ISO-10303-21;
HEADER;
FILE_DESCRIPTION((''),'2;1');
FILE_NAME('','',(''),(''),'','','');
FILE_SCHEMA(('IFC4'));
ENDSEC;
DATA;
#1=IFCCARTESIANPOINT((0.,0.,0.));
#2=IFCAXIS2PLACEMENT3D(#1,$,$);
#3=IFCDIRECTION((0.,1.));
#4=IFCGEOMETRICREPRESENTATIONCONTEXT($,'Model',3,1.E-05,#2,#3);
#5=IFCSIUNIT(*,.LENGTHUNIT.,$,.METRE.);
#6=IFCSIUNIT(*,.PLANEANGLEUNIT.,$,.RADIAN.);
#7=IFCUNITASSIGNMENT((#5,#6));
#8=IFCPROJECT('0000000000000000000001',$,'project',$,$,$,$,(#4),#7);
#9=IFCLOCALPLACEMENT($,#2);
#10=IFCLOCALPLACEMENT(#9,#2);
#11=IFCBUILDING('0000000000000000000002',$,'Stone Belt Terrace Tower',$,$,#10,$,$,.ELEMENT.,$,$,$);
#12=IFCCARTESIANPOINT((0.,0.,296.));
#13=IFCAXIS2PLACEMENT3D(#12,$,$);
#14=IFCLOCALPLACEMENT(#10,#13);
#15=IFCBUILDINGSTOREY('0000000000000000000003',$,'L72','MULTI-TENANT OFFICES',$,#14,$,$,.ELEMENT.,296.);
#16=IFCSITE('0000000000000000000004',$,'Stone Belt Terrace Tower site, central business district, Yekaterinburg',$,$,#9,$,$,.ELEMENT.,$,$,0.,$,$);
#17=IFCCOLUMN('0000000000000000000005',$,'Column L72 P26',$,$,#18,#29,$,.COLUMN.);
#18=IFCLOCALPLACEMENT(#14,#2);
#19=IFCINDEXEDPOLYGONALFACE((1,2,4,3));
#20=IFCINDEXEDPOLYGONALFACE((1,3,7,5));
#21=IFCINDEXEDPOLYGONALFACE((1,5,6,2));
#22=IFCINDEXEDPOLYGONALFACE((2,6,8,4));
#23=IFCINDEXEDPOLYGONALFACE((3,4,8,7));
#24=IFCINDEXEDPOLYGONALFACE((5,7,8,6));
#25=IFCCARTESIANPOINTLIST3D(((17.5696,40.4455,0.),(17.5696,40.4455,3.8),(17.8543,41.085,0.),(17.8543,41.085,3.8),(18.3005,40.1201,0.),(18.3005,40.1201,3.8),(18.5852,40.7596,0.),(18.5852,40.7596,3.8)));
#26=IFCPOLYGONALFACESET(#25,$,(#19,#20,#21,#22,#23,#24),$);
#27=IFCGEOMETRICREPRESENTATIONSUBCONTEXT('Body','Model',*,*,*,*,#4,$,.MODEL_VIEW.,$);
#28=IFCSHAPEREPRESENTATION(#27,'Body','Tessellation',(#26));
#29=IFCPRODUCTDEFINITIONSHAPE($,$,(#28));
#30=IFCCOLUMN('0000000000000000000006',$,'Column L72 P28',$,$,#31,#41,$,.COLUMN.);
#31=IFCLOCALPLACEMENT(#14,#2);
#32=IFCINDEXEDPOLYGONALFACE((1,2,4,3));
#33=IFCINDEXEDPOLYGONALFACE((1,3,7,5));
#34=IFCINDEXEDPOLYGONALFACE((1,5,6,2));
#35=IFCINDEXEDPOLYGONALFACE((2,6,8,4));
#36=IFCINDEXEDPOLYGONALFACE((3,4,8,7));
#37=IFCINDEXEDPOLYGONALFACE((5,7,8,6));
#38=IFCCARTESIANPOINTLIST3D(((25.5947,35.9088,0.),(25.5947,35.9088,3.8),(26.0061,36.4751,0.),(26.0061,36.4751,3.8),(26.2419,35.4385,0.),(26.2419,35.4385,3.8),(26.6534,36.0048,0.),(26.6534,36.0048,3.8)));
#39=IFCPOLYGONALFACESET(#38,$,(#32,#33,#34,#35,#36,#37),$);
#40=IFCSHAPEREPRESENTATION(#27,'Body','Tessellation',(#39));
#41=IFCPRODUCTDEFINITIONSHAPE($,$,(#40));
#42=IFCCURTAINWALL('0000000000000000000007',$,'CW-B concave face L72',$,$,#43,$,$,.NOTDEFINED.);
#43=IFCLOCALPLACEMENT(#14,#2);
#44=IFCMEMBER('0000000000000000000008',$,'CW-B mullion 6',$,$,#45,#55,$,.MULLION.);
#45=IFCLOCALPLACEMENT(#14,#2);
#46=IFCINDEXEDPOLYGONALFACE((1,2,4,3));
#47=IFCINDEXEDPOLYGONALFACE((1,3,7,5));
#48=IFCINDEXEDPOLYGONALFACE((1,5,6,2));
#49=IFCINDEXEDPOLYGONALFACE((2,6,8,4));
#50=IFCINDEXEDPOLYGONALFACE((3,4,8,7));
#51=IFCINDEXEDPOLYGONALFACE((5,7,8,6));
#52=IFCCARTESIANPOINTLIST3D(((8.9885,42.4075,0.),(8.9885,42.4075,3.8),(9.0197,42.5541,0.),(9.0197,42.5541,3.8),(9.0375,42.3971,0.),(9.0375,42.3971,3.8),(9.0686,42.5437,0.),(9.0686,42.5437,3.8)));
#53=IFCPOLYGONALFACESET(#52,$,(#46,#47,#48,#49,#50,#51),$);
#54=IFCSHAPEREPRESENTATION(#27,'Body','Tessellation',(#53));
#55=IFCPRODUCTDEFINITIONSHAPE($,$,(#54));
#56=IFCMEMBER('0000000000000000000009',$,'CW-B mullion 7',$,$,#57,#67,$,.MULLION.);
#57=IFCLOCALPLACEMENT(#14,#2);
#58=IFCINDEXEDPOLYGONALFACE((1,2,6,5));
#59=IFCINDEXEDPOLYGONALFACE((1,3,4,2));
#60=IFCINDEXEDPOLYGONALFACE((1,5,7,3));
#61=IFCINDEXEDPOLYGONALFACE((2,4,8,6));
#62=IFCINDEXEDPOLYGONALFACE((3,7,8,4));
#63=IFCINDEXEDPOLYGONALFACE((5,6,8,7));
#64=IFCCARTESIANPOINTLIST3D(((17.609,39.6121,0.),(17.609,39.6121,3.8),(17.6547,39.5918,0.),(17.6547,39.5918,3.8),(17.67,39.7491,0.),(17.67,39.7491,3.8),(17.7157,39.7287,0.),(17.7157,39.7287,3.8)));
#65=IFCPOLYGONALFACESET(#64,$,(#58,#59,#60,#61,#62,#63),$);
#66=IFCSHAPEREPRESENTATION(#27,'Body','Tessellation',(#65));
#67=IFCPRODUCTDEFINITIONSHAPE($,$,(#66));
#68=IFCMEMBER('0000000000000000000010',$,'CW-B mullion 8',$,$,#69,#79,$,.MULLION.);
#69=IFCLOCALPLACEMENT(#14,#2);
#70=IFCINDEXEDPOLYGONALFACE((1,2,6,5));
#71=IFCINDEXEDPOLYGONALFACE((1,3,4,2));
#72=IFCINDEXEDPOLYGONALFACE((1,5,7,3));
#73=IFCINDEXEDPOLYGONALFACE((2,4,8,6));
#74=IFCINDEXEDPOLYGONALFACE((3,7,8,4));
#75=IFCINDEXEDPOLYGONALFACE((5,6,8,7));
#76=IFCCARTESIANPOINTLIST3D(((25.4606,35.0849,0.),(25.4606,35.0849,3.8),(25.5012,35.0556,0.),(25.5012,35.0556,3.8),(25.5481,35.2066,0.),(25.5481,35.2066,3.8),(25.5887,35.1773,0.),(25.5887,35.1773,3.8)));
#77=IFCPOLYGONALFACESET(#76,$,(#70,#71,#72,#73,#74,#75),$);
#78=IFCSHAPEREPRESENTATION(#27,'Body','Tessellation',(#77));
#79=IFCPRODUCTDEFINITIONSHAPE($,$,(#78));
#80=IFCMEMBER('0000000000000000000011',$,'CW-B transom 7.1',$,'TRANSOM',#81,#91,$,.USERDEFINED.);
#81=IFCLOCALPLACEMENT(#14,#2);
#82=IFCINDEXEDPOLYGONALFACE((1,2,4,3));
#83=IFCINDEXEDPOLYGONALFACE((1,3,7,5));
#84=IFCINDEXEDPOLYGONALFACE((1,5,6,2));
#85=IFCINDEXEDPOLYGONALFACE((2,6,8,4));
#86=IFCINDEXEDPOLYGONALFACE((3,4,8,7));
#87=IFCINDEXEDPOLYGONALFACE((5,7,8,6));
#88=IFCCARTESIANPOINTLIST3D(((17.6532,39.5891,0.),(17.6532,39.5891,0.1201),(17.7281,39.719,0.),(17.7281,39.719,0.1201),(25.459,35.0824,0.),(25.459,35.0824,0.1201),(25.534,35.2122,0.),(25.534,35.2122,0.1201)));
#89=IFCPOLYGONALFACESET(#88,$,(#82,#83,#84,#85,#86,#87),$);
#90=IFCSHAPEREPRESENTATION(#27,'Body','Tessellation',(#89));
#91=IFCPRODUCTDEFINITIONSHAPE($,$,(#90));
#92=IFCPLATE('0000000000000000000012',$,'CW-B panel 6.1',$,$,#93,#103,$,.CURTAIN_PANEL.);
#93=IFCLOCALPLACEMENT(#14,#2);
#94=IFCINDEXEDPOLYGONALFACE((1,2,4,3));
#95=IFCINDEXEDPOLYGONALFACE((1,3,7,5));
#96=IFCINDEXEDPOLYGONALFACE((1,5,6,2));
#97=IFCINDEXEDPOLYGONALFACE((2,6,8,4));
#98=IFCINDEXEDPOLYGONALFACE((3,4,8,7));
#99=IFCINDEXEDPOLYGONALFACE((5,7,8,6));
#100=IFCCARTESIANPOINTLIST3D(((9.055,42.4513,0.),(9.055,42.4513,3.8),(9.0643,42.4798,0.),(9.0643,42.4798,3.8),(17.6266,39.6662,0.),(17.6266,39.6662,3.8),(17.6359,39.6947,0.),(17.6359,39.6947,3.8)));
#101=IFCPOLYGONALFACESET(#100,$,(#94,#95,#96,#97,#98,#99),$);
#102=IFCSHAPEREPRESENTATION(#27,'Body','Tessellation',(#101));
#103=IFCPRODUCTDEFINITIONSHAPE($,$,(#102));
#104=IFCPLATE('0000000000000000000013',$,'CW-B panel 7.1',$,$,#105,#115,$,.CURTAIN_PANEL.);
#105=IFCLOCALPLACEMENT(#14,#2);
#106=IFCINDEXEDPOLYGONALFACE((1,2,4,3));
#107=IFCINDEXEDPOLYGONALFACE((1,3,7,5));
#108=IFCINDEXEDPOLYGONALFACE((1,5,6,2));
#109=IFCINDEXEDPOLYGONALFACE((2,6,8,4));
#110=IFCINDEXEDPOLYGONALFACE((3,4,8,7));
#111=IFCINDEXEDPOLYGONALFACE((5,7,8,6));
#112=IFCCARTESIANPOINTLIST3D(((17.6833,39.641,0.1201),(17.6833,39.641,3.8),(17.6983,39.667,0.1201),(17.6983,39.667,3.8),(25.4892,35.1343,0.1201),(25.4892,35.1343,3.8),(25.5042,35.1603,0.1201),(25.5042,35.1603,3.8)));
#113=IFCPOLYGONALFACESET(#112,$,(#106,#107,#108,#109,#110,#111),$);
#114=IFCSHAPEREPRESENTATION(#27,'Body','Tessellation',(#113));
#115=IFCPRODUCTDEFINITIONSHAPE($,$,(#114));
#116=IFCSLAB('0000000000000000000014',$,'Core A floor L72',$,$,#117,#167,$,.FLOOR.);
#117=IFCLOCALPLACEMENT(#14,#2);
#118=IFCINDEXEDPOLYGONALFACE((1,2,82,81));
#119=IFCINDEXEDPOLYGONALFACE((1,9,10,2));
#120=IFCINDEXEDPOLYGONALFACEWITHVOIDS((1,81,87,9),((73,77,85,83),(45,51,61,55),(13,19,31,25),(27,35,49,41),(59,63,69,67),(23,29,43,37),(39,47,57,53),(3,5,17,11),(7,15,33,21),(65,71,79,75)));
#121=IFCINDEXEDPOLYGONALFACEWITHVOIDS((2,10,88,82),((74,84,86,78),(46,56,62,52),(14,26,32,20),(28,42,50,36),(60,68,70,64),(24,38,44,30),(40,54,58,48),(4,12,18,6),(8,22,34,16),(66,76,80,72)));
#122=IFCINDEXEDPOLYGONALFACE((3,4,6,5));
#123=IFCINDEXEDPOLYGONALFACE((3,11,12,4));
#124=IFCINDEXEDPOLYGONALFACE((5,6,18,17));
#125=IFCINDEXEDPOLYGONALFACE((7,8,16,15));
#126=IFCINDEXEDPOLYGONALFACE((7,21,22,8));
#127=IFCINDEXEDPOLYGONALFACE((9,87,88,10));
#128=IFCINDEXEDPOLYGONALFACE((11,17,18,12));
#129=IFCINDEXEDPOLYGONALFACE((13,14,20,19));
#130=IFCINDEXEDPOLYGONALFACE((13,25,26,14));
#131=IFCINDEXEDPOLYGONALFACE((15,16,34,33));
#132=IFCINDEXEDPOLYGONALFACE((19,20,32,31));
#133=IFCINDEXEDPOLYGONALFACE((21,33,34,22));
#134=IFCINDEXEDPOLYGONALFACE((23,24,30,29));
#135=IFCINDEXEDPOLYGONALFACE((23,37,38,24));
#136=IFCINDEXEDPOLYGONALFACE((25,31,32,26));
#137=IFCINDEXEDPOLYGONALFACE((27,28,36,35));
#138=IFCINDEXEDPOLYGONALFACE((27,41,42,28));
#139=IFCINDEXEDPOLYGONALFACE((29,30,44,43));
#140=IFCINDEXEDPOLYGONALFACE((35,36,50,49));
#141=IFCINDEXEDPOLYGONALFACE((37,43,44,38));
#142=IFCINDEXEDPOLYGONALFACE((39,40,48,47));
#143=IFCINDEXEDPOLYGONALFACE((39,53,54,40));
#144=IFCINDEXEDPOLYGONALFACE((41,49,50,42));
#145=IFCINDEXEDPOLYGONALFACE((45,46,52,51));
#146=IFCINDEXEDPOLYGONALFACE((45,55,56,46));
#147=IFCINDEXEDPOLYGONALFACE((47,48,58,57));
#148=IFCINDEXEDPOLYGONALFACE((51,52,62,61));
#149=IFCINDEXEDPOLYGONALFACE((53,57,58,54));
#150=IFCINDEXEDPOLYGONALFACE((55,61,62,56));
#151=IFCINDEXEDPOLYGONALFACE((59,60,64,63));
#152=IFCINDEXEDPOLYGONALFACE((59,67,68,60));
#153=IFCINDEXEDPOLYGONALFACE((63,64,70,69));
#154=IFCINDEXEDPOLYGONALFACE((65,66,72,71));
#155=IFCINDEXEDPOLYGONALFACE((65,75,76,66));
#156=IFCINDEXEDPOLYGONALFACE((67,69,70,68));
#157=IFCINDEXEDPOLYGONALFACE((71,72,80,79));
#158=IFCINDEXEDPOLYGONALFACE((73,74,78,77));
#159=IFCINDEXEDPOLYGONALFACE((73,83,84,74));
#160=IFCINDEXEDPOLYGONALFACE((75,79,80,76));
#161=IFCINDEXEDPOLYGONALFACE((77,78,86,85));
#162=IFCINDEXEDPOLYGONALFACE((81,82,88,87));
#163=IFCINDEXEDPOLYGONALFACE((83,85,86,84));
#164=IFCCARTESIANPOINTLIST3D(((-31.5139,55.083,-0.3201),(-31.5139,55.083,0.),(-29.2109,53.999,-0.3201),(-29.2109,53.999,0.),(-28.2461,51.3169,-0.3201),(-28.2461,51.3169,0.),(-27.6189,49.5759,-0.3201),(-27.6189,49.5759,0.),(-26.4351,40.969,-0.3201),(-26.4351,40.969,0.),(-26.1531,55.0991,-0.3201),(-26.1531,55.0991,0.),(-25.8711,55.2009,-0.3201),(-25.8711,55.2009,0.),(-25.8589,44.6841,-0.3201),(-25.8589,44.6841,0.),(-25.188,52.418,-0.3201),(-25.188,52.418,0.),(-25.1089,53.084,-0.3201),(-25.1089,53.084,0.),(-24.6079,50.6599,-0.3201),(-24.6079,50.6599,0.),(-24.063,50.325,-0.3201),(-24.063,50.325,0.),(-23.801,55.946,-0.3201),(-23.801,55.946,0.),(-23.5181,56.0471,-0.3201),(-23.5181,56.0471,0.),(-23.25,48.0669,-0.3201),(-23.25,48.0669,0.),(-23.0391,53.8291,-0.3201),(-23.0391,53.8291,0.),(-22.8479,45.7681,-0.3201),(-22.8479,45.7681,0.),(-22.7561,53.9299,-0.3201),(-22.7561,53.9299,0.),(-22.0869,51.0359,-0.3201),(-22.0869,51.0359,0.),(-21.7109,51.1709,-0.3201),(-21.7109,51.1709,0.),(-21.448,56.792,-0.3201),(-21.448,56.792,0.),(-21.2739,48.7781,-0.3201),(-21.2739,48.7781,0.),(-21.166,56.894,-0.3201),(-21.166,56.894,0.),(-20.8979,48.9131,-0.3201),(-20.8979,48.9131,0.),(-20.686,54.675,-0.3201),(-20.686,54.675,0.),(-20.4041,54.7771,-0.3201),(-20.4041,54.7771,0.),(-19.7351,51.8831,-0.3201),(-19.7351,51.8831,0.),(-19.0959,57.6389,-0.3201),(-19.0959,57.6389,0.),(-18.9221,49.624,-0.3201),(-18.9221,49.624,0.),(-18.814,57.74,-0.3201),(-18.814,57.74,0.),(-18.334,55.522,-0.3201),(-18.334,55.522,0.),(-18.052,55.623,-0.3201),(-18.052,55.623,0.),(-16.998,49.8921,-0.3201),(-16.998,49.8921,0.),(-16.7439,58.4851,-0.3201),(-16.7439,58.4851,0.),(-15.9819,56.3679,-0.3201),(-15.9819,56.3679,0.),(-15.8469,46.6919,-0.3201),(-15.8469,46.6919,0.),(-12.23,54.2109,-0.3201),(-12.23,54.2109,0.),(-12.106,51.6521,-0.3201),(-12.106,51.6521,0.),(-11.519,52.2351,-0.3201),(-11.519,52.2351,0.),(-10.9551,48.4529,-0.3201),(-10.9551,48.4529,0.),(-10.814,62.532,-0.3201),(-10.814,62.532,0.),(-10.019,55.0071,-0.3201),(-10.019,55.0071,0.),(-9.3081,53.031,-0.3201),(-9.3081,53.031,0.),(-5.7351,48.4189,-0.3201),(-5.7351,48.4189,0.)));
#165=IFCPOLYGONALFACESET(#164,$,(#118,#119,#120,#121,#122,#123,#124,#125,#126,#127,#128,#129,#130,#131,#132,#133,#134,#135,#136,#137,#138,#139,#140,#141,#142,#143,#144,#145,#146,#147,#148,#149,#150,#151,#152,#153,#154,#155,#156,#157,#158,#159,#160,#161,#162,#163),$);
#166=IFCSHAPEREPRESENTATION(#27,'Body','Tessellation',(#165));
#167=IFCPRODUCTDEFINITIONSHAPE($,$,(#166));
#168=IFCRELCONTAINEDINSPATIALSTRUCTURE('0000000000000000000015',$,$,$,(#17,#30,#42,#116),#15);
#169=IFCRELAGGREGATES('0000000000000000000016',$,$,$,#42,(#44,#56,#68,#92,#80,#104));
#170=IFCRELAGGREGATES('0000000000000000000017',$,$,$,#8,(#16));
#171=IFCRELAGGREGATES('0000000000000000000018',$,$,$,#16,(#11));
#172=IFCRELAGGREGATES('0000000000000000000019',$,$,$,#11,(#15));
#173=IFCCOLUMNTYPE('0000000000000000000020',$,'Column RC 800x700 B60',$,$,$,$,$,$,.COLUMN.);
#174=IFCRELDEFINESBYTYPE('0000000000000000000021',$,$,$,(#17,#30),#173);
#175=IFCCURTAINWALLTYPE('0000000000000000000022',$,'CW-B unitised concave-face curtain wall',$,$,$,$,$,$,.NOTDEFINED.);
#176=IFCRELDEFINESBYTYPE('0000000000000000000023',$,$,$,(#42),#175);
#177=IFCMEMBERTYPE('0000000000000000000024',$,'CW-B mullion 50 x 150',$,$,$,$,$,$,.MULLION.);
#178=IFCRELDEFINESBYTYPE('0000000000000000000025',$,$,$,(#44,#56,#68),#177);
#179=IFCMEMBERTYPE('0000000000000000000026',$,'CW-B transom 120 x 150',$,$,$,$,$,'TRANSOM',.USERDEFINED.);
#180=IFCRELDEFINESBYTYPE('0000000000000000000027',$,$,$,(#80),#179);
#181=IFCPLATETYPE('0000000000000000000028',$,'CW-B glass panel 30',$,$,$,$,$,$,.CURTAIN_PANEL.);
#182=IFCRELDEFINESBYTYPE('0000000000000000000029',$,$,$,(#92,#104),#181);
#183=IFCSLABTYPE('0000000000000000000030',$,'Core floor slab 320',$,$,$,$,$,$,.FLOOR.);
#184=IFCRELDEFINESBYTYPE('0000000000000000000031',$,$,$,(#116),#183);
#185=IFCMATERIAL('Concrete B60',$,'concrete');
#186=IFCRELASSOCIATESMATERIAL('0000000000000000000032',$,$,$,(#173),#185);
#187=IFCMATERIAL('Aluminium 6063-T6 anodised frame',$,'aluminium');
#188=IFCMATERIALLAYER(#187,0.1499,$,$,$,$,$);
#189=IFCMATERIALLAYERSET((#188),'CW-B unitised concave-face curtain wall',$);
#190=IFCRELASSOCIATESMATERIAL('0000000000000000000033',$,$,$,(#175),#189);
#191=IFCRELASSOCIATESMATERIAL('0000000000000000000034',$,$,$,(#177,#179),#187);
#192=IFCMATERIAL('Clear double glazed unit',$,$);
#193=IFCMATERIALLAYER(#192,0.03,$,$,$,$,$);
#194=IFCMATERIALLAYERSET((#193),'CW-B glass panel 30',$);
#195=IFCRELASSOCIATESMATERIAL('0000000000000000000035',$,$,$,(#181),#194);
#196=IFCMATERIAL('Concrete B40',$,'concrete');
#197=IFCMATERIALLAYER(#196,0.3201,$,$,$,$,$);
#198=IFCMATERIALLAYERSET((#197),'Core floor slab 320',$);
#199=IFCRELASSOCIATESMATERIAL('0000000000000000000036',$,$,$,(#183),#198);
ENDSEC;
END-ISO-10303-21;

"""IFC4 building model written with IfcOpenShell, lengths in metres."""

from ifc_helpers import new_model, si_unit, direction, frame, origin, origin_2d, place, context, subcontext, project, spatial, polyline, rectangle, outline, extrude, material, layer, layer_set, material_profile, profile_set, type_object, element, aggregate, save


model = new_model("IFC4")

# Units and contexts
model_context = context("Model", 3, precision=1e-05, world=origin(), true_north=direction((0.0, 1.0)))
body_context = subcontext(model_context, "Body", "Model", "MODEL_VIEW")
ifc_project = project(units=[si_unit("LENGTHUNIT", "METRE"), si_unit("PLANEANGLEUNIT", "RADIAN")], contexts=[model_context])

# Site, building, storey
site_placement = place(None, origin())
site = spatial("IfcSite", under=ifc_project, at=site_placement, Name="Stone Belt Terrace Tower site, central business district, Yekaterinburg", CompositionType="ELEMENT", RefElevation=0.0)
building_placement = place(site_placement, origin())
building = spatial("IfcBuilding", under=site, at=building_placement, Name="Stone Belt Terrace Tower", CompositionType="ELEMENT")
storey_placement = place(building_placement, frame((0.0, 0.0, 296.0)))
storey = spatial("IfcBuildingStorey", under=building, at=storey_placement, Name="L72", Description="MULTI-TENANT OFFICES", CompositionType="ELEMENT", Elevation=296.0)

# Columns
ifc_material_1 = material(Name="Concrete B60", Category="concrete")
ifc_material_profile_1 = material_profile(ifc_material_1, rectangle(XDim=0.8, YDim=0.7, at=origin_2d()), Name="RC 800x700")
ifc_profile_set_1 = profile_set([ifc_material_profile_1], Name="Concrete B60")
column_type = type_object("IfcColumnType", Name="Column RC 800x700 B60", PredefinedType="COLUMN", material=ifc_profile_set_1)
for number, where, z_axis, x_axis, name in (
    (1, (18.0774, 40.6025, 0.0), (0.0, 0.0, 1.0), (0.913545, -0.406737, 0.0), "Column L72 P26"),
    (2, (26.124, 35.9568, 0.0), (0.0, 0.0, 1.0), (0.809017, -0.587785, 0.0), "Column L72 P28"),
):
    element("IfcColumn", number, at=place(storey_placement, frame(where, z_axis=z_axis, x_axis=x_axis)), inside=storey, type_object=column_type, Name=name, PredefinedType="COLUMN", context=body_context, shape_type="SweptSolid", body=[
        extrude(rectangle(XDim=0.8, YDim=0.7, at=origin_2d()), origin(), (0.0, 0.0, 1.0), 3.8),
    ])

# Curtain wall, members, plates
ifc_material_2 = material(Name="Aluminium 6063-T6 anodised frame", Category="aluminium")
ifc_layer_1 = layer(ifc_material_2, 0.1499)
ifc_layer_set_1 = layer_set([ifc_layer_1], Name="CW-B unitised concave-face curtain wall")
curtain_wall_type = type_object("IfcCurtainWallType", Name="CW-B unitised concave-face curtain wall", PredefinedType="NOTDEFINED", material=ifc_layer_set_1)
curtain_wall_placement = place(storey_placement, origin())
curtain_wall = element("IfcCurtainWall", 3, at=curtain_wall_placement, inside=storey, type_object=curtain_wall_type, Name="CW-B concave face L72", PredefinedType="NOTDEFINED")
ifc_material_profile_2 = material_profile(ifc_material_2, rectangle(XDim=0.1499, YDim=0.05, at=origin_2d()), Name="Aluminium 6063-T6 50x150")
ifc_profile_set_2 = profile_set([ifc_material_profile_2], Name="Aluminium 6063-T6 anodised frame")
member_type_1 = type_object("IfcMemberType", Name="CW-B mullion 50 x 150", PredefinedType="MULLION", material=ifc_profile_set_2)
member_1_placement = place(storey_placement, frame((9.0286, 42.4756, 0.0), z_axis=(0.0, 0.0, 1.0), x_axis=(0.207912, 0.978148, 0.0)))
member_1 = element("IfcMember", 4, at=member_1_placement, type_object=member_type_1, Name="CW-B mullion 6", PredefinedType="MULLION", context=body_context, shape_type="SweptSolid", body=[
    extrude(rectangle(XDim=0.1499, YDim=0.05, at=origin_2d()), origin(), (0.0, 0.0, 1.0), 3.8),
])
member_2_placement = place(storey_placement, frame((17.6624, 39.6704, 0.0), z_axis=(0.0, 0.0, 1.0), x_axis=(0.406737, 0.913545, 0.0)))
member_2 = element("IfcMember", 5, at=member_2_placement, type_object=member_type_1, Name="CW-B mullion 7", PredefinedType="MULLION", context=body_context, shape_type="SweptSolid", body=[
    extrude(rectangle(XDim=0.1499, YDim=0.05, at=origin_2d()), origin(), (0.0, 0.0, 1.0), 3.8),
])
member_3_placement = place(storey_placement, frame((25.5247, 35.1311, 0.0), z_axis=(0.0, 0.0, 1.0), x_axis=(0.583819, 0.811884, 0.0)))
member_3 = element("IfcMember", 6, at=member_3_placement, type_object=member_type_1, Name="CW-B mullion 8", PredefinedType="MULLION", context=body_context, shape_type="SweptSolid", body=[
    extrude(rectangle(XDim=0.1499, YDim=0.05, at=origin_2d()), origin(), (0.0, 0.0, 1.0), 3.8),
])
ifc_material_profile_3 = material_profile(ifc_material_2, rectangle(XDim=0.1499, YDim=0.1201, at=origin_2d()), Name="Aluminium 6063-T6 150x120")
ifc_profile_set_3 = profile_set([ifc_material_profile_3], Name="Aluminium 6063-T6 anodised frame")
member_type_2 = type_object("IfcMemberType", Name="CW-B transom 120 x 150", ElementType="TRANSOM", PredefinedType="USERDEFINED", material=ifc_profile_set_3)
member_4_placement = place(storey_placement, frame((17.6907, 39.6541, 0.0601), z_axis=(0.866021, -0.500008, 0.0), x_axis=(0.500008, 0.866021, 0.0)))
member_4 = element("IfcMember", 7, at=member_4_placement, type_object=member_type_2, Name="CW-B transom 7.1", ObjectType="TRANSOM", PredefinedType="USERDEFINED", context=body_context, shape_type="SweptSolid", body=[
    extrude(rectangle(XDim=0.1499, YDim=0.1201, at=origin_2d()), origin(), (0.0, 0.0, 1.0), 9.0134),
])
ifc_material_3 = material(Name="Clear double glazed unit")
ifc_layer_2 = layer(ifc_material_3, 0.03)
ifc_layer_set_2 = layer_set([ifc_layer_2], Name="CW-B glass panel 30")
plate_type = type_object("IfcPlateType", Name="CW-B glass panel 30", PredefinedType="CURTAIN_PANEL", material=ifc_layer_set_2)
plate_1_placement = place(storey_placement, frame((13.3455, 41.073, 0.0), z_axis=(0.0, 0.0, 1.0), x_axis=(0.951057, -0.309017, 0.0)))
plate_1 = element("IfcPlate", 8, at=plate_1_placement, type_object=plate_type, Name="CW-B panel 6.1", PredefinedType="CURTAIN_PANEL", context=body_context, shape_type="SweptSolid", body=[
    extrude(rectangle(XDim=9.0127, YDim=0.03, at=origin_2d()), origin(), (0.0, 0.0, 1.0), 3.8),
])
plate_2_placement = place(storey_placement, frame((21.5938, 37.4006, 0.1201), z_axis=(0.0, 0.0, 1.0), x_axis=(0.866025, -0.5, 0.0)))
plate_2 = element("IfcPlate", 9, at=plate_2_placement, type_object=plate_type, Name="CW-B panel 7.1", PredefinedType="CURTAIN_PANEL", context=body_context, shape_type="SweptSolid", body=[
    extrude(rectangle(XDim=9.0134, YDim=0.03, at=origin_2d()), origin(), (0.0, 0.0, 1.0), 3.6799),
])
aggregate(curtain_wall, [member_1, member_2, member_3, plate_1, member_4, plate_2])

# Slab
ifc_material_4 = material(Name="Concrete B40", Category="concrete")
ifc_layer_3 = layer(ifc_material_4, 0.3201)
ifc_layer_set_3 = layer_set([ifc_layer_3], Name="Core floor slab 320")
slab_type_1 = type_object("IfcSlabType", Name="Core floor slab 320", PredefinedType="FLOOR", material=ifc_layer_set_3)
slab_1_placement = place(storey_placement, frame((0.0, 0.0, -0.3201)))
element("IfcSlab", 10, at=slab_1_placement, inside=storey, type_object=slab_type_1, Name="Core A floor L72", PredefinedType="FLOOR", context=body_context, shape_type="SweptSolid", body=[
    extrude(outline(polyline([(-26.4351, 40.969), (-5.7351, 48.4189), (-10.814, 62.532), (-31.5139, 55.083), (-26.4351, 40.969)]), holes=[polyline([(-24.6079, 50.6599), (-22.8479, 45.7681), (-25.8589, 44.6841), (-27.6189, 49.5759), (-24.6079, 50.6599)]), polyline([(-10.9551, 48.4529), (-15.8469, 46.6919), (-16.998, 49.8921), (-12.106, 51.6521), (-10.9551, 48.4529)]), polyline([(-22.0869, 51.0359), (-21.2739, 48.7781), (-23.25, 48.0669), (-24.063, 50.325), (-22.0869, 51.0359)]), polyline([(-18.9221, 49.624), (-20.8979, 48.9131), (-21.7109, 51.1709), (-19.7351, 51.8831), (-18.9221, 49.624)]), polyline([(-29.2109, 53.999), (-26.1531, 55.0991), (-25.188, 52.418), (-28.2461, 51.3169), (-29.2109, 53.999)]), polyline([(-10.019, 55.0071), (-9.3081, 53.031), (-11.519, 52.2351), (-12.23, 54.2109), (-10.019, 55.0071)]), polyline([(-25.8711, 55.2009), (-23.801, 55.946), (-23.0391, 53.8291), (-25.1089, 53.084), (-25.8711, 55.2009)]), polyline([(-23.5181, 56.0471), (-21.448, 56.792), (-20.686, 54.675), (-22.7561, 53.9299), (-23.5181, 56.0471)]), polyline([(-19.0959, 57.6389), (-18.334, 55.522), (-20.4041, 54.7771), (-21.166, 56.894), (-19.0959, 57.6389)]), polyline([(-16.7439, 58.4851), (-15.9819, 56.3679), (-18.052, 55.623), (-18.814, 57.74), (-16.7439, 58.4851)])]), origin(), (0.0, 0.0, 1.0), 0.3201),
])

save(model, "model.ifc")
